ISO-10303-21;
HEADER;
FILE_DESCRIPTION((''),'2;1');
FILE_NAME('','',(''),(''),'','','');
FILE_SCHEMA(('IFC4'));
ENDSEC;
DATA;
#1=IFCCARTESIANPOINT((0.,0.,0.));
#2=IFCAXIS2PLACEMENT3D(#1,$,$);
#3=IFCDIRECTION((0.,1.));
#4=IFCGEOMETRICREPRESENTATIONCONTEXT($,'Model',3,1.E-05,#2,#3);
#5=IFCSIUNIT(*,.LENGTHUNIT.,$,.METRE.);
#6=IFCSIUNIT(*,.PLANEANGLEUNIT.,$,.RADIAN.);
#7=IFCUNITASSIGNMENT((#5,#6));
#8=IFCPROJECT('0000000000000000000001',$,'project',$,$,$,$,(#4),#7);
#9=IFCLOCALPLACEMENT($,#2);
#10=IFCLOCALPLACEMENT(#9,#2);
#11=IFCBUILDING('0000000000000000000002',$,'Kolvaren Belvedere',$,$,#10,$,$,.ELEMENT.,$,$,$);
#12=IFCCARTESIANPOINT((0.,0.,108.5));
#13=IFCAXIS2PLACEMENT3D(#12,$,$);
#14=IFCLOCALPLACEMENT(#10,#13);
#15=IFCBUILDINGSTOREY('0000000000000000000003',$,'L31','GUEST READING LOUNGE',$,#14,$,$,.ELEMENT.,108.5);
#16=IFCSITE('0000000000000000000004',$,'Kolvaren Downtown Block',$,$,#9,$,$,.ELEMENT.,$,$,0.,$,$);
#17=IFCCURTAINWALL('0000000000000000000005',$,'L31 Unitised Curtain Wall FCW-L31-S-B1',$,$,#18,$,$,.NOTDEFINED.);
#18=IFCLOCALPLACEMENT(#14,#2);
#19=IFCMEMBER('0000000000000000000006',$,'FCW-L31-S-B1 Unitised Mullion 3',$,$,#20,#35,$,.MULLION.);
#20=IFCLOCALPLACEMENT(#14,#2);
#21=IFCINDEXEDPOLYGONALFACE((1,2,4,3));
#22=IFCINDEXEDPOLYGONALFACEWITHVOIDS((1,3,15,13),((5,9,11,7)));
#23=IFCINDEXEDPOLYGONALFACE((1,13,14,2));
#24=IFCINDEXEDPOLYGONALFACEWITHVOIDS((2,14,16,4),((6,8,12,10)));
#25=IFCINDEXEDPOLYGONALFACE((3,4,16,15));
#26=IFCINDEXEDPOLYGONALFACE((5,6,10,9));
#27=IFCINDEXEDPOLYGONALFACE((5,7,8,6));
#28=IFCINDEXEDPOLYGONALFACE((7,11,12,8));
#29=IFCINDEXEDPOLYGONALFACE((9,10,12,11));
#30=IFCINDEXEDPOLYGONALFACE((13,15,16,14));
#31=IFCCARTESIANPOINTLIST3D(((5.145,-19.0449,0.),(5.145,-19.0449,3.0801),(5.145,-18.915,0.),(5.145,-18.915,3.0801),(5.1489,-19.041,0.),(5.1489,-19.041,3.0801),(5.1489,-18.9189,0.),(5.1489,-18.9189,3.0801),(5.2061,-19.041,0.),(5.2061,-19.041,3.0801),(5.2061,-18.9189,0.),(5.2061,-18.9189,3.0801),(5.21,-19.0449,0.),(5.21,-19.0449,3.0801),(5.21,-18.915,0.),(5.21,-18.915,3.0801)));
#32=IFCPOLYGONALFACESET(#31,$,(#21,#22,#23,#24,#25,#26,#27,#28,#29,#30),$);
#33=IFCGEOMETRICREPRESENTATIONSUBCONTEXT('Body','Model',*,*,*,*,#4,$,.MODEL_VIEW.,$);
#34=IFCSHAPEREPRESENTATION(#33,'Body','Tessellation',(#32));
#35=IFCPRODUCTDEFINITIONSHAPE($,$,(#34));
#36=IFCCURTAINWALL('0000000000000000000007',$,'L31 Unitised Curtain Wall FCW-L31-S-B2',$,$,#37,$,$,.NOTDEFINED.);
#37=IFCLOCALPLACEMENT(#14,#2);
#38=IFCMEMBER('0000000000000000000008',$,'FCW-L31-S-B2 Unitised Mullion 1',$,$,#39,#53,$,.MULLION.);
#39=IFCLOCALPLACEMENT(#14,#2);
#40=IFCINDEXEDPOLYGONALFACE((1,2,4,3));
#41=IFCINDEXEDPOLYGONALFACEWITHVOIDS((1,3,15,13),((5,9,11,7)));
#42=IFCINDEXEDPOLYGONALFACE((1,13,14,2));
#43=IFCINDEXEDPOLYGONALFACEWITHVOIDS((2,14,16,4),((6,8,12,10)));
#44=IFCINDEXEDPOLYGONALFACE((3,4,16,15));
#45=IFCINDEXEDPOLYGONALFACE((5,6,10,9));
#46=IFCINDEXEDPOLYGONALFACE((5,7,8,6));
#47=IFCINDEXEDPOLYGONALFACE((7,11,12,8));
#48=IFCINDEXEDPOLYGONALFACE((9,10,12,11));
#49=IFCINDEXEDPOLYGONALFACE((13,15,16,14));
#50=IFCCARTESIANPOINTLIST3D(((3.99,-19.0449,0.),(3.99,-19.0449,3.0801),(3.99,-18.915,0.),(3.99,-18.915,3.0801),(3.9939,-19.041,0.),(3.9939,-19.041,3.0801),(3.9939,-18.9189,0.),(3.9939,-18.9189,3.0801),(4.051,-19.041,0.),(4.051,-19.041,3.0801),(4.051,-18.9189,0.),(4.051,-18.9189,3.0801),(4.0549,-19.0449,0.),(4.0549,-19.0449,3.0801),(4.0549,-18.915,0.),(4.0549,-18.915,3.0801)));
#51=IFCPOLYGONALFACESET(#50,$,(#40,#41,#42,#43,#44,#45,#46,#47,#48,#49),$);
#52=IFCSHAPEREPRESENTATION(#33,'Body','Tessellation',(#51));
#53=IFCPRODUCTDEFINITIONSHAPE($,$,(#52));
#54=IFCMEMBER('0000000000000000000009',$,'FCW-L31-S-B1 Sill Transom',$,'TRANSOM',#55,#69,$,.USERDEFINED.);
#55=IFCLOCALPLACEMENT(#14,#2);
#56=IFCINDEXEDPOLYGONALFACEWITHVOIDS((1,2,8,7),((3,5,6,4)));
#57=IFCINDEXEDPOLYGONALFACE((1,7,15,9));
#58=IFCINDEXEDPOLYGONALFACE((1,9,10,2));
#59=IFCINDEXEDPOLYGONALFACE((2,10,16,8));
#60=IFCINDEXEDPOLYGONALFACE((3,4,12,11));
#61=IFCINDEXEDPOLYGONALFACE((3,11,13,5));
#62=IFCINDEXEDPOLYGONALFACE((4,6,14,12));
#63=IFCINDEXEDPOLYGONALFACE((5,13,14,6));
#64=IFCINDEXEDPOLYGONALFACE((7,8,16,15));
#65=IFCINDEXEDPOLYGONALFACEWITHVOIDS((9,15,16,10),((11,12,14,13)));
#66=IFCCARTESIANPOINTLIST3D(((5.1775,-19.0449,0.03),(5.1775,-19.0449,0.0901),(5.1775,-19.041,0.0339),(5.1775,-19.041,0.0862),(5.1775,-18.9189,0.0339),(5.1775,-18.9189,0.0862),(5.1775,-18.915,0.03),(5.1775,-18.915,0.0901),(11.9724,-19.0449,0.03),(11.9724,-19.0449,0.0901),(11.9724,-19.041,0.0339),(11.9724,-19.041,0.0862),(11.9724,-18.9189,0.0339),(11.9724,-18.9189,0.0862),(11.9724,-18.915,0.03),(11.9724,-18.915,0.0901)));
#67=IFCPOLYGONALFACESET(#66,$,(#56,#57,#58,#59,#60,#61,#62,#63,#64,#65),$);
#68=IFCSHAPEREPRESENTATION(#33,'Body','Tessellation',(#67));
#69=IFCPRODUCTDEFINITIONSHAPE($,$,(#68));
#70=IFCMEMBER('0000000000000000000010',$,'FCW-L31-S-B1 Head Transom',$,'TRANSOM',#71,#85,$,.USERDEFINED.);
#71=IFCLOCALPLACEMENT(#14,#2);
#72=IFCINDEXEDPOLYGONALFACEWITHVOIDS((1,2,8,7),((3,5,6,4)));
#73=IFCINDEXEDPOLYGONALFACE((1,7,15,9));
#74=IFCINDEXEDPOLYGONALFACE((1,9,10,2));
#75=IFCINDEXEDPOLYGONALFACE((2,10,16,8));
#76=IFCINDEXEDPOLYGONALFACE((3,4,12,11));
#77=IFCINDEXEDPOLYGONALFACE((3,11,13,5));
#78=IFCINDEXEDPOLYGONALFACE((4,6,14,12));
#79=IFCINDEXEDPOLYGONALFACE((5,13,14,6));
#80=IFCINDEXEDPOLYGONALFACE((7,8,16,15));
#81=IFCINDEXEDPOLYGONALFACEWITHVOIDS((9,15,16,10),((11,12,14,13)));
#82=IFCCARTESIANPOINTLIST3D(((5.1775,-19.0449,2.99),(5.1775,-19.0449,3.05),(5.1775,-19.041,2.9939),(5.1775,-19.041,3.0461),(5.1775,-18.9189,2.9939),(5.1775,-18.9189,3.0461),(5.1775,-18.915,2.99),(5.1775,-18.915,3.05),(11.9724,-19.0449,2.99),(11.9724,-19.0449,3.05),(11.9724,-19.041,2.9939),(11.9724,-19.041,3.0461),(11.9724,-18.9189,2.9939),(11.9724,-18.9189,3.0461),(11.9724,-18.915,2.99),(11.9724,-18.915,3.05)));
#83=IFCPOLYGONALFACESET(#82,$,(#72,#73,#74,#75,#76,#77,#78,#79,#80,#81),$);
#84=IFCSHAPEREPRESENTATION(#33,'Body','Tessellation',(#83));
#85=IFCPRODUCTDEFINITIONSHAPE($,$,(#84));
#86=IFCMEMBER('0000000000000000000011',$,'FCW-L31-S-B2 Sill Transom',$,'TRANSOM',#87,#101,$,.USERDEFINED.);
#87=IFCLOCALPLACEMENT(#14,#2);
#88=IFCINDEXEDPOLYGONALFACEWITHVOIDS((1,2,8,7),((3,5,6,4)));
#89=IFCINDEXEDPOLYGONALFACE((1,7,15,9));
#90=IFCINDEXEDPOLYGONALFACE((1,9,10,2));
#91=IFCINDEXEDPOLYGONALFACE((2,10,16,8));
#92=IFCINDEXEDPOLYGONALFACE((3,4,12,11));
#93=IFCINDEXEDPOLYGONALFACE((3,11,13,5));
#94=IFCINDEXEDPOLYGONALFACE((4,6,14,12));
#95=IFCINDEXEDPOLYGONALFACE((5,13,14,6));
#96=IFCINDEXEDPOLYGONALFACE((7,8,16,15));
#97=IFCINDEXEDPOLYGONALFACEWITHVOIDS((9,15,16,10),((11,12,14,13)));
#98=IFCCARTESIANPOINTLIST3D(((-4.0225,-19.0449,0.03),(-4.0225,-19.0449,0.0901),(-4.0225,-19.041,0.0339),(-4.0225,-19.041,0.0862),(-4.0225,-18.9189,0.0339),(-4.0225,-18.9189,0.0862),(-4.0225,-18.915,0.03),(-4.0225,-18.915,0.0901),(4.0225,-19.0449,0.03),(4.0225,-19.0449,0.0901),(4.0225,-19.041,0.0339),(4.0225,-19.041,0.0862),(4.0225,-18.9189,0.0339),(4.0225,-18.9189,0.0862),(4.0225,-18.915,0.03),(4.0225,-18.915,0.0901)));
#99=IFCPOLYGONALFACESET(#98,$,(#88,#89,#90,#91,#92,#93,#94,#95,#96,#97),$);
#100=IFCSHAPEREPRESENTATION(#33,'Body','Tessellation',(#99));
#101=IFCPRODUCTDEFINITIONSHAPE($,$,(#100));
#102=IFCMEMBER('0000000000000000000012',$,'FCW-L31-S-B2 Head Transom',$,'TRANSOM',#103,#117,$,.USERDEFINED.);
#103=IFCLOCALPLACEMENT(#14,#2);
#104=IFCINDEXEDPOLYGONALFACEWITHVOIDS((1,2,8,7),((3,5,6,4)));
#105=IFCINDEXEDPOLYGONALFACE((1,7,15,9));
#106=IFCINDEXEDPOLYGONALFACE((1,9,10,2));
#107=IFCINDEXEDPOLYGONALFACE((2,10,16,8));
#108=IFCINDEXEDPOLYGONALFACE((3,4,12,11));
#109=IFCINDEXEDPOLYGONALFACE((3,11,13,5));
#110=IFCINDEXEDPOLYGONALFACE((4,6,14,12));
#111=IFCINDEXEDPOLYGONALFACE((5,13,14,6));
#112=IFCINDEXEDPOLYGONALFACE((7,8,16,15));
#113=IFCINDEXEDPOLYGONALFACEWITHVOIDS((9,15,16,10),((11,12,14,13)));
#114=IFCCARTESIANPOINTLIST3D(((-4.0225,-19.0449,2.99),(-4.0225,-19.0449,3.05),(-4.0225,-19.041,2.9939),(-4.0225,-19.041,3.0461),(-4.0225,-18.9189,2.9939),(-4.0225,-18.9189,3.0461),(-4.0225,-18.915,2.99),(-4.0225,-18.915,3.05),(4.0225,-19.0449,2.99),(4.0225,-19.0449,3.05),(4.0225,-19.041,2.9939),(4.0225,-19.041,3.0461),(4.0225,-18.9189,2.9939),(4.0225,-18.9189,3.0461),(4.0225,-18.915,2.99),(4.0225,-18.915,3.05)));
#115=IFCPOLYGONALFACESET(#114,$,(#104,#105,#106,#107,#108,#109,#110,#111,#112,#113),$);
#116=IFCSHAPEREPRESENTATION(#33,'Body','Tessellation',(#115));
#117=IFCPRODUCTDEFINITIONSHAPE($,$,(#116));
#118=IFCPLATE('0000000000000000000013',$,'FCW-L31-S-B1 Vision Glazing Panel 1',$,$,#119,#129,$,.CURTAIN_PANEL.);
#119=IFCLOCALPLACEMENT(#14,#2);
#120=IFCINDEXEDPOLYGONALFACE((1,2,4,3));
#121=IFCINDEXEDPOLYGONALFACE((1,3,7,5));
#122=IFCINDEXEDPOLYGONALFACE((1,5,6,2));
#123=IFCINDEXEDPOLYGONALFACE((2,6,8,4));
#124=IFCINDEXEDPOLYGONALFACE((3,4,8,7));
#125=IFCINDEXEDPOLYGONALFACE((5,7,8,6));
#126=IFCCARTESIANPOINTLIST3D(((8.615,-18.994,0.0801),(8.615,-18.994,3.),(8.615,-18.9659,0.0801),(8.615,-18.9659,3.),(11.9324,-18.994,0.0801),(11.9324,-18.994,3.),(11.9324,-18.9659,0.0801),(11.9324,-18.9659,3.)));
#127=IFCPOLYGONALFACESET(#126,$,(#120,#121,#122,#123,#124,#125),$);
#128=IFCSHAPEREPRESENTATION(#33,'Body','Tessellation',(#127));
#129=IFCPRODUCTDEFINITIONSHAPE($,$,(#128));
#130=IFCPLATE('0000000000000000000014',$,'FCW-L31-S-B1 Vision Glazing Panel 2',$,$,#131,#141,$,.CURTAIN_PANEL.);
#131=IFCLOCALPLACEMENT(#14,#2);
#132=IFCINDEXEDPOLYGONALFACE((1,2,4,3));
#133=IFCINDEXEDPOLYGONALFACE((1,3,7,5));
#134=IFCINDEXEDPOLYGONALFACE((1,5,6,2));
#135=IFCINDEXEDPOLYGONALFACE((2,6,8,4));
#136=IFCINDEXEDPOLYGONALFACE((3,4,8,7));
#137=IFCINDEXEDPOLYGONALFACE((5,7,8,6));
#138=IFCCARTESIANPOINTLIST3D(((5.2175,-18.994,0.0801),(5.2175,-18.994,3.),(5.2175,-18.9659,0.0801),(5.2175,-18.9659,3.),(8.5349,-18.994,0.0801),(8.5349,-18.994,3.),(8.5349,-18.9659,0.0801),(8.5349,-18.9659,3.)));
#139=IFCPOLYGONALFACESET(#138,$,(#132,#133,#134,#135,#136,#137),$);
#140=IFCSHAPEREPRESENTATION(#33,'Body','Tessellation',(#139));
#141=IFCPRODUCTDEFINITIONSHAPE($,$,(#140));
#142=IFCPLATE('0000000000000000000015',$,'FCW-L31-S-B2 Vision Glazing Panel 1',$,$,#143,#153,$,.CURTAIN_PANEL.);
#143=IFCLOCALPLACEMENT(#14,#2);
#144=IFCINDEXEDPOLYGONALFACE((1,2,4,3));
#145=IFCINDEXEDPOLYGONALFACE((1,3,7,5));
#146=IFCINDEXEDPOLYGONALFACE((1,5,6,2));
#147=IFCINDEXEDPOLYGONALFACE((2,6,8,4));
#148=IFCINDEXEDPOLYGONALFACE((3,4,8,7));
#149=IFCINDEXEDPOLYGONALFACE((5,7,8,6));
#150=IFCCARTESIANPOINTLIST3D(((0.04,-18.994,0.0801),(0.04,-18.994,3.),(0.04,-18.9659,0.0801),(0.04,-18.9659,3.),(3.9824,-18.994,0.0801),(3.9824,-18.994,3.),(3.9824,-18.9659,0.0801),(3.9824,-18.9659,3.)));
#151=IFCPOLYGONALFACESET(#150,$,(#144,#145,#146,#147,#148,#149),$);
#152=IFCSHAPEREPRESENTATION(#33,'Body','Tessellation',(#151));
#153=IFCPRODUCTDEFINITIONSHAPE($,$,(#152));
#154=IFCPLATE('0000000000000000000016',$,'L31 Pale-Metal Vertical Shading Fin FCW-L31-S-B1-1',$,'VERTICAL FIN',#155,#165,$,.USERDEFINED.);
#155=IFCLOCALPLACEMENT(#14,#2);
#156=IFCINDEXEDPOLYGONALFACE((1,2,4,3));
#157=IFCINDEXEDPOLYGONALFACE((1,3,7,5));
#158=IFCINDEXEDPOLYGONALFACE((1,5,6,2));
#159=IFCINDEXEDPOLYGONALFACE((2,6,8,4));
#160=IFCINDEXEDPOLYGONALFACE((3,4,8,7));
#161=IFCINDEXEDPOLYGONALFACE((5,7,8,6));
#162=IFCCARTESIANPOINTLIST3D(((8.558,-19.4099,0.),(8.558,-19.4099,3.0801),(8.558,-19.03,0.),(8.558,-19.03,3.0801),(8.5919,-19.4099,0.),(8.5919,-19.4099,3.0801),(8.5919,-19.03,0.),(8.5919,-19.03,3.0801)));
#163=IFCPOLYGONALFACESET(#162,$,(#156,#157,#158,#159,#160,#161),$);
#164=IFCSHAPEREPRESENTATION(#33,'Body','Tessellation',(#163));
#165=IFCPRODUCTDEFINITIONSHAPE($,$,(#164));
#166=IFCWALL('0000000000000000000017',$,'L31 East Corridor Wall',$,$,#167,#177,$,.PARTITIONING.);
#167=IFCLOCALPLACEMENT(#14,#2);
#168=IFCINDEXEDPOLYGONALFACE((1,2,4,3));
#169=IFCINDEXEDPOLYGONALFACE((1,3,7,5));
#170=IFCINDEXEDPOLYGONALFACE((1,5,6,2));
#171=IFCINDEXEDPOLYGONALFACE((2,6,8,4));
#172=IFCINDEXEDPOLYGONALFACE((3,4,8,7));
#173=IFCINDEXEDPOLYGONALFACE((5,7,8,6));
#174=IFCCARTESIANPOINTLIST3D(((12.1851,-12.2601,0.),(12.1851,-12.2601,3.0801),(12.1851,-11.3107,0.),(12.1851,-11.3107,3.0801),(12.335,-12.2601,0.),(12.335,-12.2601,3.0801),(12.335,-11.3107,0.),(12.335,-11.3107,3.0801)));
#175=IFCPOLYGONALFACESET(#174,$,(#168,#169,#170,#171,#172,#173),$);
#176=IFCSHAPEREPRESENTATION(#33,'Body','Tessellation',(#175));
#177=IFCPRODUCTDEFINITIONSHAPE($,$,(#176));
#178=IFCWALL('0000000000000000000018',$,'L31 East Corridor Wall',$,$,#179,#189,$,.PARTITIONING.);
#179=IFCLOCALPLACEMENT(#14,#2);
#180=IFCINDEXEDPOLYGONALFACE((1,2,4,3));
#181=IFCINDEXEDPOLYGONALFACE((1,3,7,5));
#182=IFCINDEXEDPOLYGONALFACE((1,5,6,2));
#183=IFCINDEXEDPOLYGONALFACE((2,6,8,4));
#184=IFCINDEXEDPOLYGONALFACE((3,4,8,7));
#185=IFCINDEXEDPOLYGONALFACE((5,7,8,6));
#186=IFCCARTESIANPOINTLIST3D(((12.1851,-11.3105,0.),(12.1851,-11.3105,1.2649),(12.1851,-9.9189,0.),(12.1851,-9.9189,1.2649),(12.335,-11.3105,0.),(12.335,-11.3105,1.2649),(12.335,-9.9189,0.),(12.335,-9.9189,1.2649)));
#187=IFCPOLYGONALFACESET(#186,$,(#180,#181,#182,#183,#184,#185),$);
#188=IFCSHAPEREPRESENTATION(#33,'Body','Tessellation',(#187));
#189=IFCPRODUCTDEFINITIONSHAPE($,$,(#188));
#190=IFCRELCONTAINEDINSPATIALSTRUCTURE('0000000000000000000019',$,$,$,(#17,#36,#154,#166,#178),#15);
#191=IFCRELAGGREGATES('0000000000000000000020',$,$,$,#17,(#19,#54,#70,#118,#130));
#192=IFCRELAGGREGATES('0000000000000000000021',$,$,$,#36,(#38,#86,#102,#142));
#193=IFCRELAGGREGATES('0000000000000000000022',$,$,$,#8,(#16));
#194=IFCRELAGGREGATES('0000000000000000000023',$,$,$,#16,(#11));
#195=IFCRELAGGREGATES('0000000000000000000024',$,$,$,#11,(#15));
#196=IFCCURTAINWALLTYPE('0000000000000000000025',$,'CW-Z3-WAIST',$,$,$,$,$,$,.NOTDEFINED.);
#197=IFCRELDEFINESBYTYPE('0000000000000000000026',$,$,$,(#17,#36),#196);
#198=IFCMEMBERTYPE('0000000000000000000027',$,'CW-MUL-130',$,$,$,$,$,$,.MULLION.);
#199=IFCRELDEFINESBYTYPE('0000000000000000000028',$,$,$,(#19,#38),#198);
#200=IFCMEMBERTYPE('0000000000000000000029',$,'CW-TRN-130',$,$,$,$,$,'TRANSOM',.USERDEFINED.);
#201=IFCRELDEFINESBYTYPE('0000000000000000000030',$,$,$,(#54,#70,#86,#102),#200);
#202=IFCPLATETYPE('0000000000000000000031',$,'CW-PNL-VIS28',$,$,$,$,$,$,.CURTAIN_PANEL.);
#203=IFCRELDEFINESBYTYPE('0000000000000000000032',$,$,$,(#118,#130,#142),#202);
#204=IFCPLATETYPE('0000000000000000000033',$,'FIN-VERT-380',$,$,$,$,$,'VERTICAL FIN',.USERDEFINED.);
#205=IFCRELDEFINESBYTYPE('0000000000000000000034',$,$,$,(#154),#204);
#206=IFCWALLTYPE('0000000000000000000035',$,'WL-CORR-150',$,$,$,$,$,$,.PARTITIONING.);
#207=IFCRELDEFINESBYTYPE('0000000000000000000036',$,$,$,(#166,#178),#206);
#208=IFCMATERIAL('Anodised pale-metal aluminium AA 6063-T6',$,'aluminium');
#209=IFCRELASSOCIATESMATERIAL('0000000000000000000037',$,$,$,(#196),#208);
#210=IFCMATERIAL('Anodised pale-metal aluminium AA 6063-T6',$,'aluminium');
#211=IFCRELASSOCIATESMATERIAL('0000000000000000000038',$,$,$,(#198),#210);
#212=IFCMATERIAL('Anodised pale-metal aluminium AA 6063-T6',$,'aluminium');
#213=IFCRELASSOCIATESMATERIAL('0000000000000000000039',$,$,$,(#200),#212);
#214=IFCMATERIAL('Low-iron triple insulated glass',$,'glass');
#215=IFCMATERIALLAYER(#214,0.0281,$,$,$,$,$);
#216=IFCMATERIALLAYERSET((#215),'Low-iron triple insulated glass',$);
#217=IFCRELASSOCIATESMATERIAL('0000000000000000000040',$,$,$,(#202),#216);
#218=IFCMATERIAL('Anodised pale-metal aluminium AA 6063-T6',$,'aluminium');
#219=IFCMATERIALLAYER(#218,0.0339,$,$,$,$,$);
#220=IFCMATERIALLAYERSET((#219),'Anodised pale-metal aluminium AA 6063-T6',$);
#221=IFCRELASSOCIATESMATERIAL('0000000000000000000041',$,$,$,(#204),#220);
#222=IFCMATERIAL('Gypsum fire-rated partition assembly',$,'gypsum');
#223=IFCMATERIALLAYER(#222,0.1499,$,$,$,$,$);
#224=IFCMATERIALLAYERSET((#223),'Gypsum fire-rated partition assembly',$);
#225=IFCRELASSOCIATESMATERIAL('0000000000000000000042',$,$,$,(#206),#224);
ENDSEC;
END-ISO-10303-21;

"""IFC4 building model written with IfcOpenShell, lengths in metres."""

from ifc_helpers import new_model, si_unit, direction, frame, frame_2d, origin, origin_2d, place, context, subcontext, project, spatial, rectangle, hollow_rectangle, extrude, material, layer, layer_set, material_profile, profile_set, type_object, element, aggregate, save


model = new_model("IFC4")

# Units and contexts
model_context = context("Model", 3, precision=1e-05, world=origin(), true_north=direction((0.0, 1.0)))
body_context = subcontext(model_context, "Body", "Model", "MODEL_VIEW")
ifc_project = project(units=[si_unit("LENGTHUNIT", "METRE"), si_unit("PLANEANGLEUNIT", "RADIAN")], contexts=[model_context])

# Site, building, storey
site_placement = place(None, origin())
site = spatial("IfcSite", under=ifc_project, at=site_placement, Name="Kolvaren Downtown Block", CompositionType="ELEMENT", RefElevation=0.0)
building_placement = place(site_placement, origin())
building = spatial("IfcBuilding", under=site, at=building_placement, Name="Kolvaren Belvedere", CompositionType="ELEMENT")
storey_placement = place(building_placement, frame((0.0, 0.0, 108.5)))
storey = spatial("IfcBuildingStorey", under=building, at=storey_placement, Name="L31", Description="GUEST READING LOUNGE", CompositionType="ELEMENT", Elevation=108.5)

# Curtain wall, member
ifc_material_1 = material(Name="Anodised pale-metal aluminium AA 6063-T6", Category="aluminium")
curtain_wall_type = type_object("IfcCurtainWallType", Name="CW-Z3-WAIST", PredefinedType="NOTDEFINED", material=ifc_material_1)
curtain_wall_1_placement = place(storey_placement, origin())
curtain_wall_1 = element("IfcCurtainWall", 1, at=curtain_wall_1_placement, inside=storey, type_object=curtain_wall_type, Name="L31 Unitised Curtain Wall FCW-L31-S-B1", PredefinedType="NOTDEFINED")
ifc_material_2 = material(Name="Anodised pale-metal aluminium AA 6063-T6", Category="aluminium")
ifc_material_profile_1 = material_profile(ifc_material_2, hollow_rectangle(XDim=0.0649, YDim=0.1299, WallThickness=0.0039, at=origin_2d()), Name="ALU-MUL-130X65")
ifc_profile_set_1 = profile_set([ifc_material_profile_1], Name="Anodised pale-metal aluminium AA 6063-T6")
member_type_1 = type_object("IfcMemberType", Name="CW-MUL-130", PredefinedType="MULLION", material=ifc_profile_set_1)
member_1_placement = place(storey_placement, frame((5.1775, -18.98, 0.0), z_axis=(0.0, 0.0, 1.0), x_axis=(1.0, 0.0, 0.0)))
member_1 = element("IfcMember", 2, at=member_1_placement, type_object=member_type_1, Name="FCW-L31-S-B1 Unitised Mullion 3", PredefinedType="MULLION", context=body_context, shape_type="SweptSolid", body=[
    extrude(hollow_rectangle(XDim=0.0649, YDim=0.1299, WallThickness=0.0039, at=origin_2d()), origin(), (0.0, 0.0, 1.0), 3.0801),
])

# Curtain wall, member
curtain_wall_2_placement = place(storey_placement, origin())
curtain_wall_2 = element("IfcCurtainWall", 3, at=curtain_wall_2_placement, inside=storey, type_object=curtain_wall_type, Name="L31 Unitised Curtain Wall FCW-L31-S-B2", PredefinedType="NOTDEFINED")
member_2_placement = place(storey_placement, frame((4.0225, -18.98, 0.0), z_axis=(0.0, 0.0, 1.0), x_axis=(1.0, 0.0, 0.0)))
member_2 = element("IfcMember", 4, at=member_2_placement, type_object=member_type_1, Name="FCW-L31-S-B2 Unitised Mullion 1", PredefinedType="MULLION", context=body_context, shape_type="SweptSolid", body=[
    extrude(hollow_rectangle(XDim=0.0649, YDim=0.1299, WallThickness=0.0039, at=origin_2d()), origin(), (0.0, 0.0, 1.0), 3.0801),
])

# Members
ifc_material_3 = material(Name="Anodised pale-metal aluminium AA 6063-T6", Category="aluminium")
ifc_material_profile_2 = material_profile(ifc_material_3, hollow_rectangle(XDim=0.0601, YDim=0.1299, WallThickness=0.0039, at=origin_2d()), Name="ALU-TRN-130X60")
ifc_profile_set_2 = profile_set([ifc_material_profile_2], Name="Anodised pale-metal aluminium AA 6063-T6")
member_type_2 = type_object("IfcMemberType", Name="CW-TRN-130", ElementType="TRANSOM", PredefinedType="USERDEFINED", material=ifc_profile_set_2)
member_3_placement = place(storey_placement, frame((11.9724, -18.98, 0.0601), z_axis=(-1.0, 0.0, 0.0), x_axis=(0.0, 0.0, 1.0)))
member_3 = element("IfcMember", 5, at=member_3_placement, type_object=member_type_2, Name="FCW-L31-S-B1 Sill Transom", ObjectType="TRANSOM", PredefinedType="USERDEFINED", context=body_context, shape_type="SweptSolid", body=[
    extrude(hollow_rectangle(XDim=0.0601, YDim=0.1299, WallThickness=0.0039, at=origin_2d()), origin(), (0.0, 0.0, 1.0), 6.7949),
])
member_4_placement = place(storey_placement, frame((11.9724, -18.98, 3.02), z_axis=(-1.0, 0.0, 0.0), x_axis=(0.0, 0.0, 1.0)))
member_4 = element("IfcMember", 6, at=member_4_placement, type_object=member_type_2, Name="FCW-L31-S-B1 Head Transom", ObjectType="TRANSOM", PredefinedType="USERDEFINED", context=body_context, shape_type="SweptSolid", body=[
    extrude(hollow_rectangle(XDim=0.0601, YDim=0.1299, WallThickness=0.0039, at=origin_2d()), origin(), (0.0, 0.0, 1.0), 6.7949),
])
member_5_placement = place(storey_placement, frame((4.0225, -18.98, 0.0601), z_axis=(-1.0, 0.0, 0.0), x_axis=(0.0, 0.0, 1.0)))
member_5 = element("IfcMember", 7, at=member_5_placement, type_object=member_type_2, Name="FCW-L31-S-B2 Sill Transom", ObjectType="TRANSOM", PredefinedType="USERDEFINED", context=body_context, shape_type="SweptSolid", body=[
    extrude(hollow_rectangle(XDim=0.0601, YDim=0.1299, WallThickness=0.0039, at=origin_2d()), origin(), (0.0, 0.0, 1.0), 8.0449),
])
member_6_placement = place(storey_placement, frame((4.0225, -18.98, 3.02), z_axis=(-1.0, 0.0, 0.0), x_axis=(0.0, 0.0, 1.0)))
member_6 = element("IfcMember", 8, at=member_6_placement, type_object=member_type_2, Name="FCW-L31-S-B2 Head Transom", ObjectType="TRANSOM", PredefinedType="USERDEFINED", context=body_context, shape_type="SweptSolid", body=[
    extrude(hollow_rectangle(XDim=0.0601, YDim=0.1299, WallThickness=0.0039, at=origin_2d()), origin(), (0.0, 0.0, 1.0), 8.0449),
])

# Plates
ifc_material_4 = material(Name="Low-iron triple insulated glass", Category="glass")
ifc_layer_1 = layer(ifc_material_4, 0.0281)
ifc_layer_set_1 = layer_set([ifc_layer_1], Name="Low-iron triple insulated glass")
plate_type_1 = type_object("IfcPlateType", Name="CW-PNL-VIS28", PredefinedType="CURTAIN_PANEL", material=ifc_layer_set_1)
plate_1_placement = place(storey_placement, frame((10.2737, -18.98, 0.0801), z_axis=(0.0, 0.0, 1.0), x_axis=(-1.0, 0.0, 0.0)))
plate_1 = element("IfcPlate", 9, at=plate_1_placement, type_object=plate_type_1, Name="FCW-L31-S-B1 Vision Glazing Panel 1", PredefinedType="CURTAIN_PANEL", context=body_context, shape_type="SweptSolid", body=[
    extrude(rectangle(XDim=3.3174, YDim=0.0281, at=origin_2d()), origin(), (0.0, 0.0, 1.0), 2.9199),
])
plate_2_placement = place(storey_placement, frame((6.8762, -18.98, 0.0801), z_axis=(0.0, 0.0, 1.0), x_axis=(-1.0, 0.0, 0.0)))
plate_2 = element("IfcPlate", 10, at=plate_2_placement, type_object=plate_type_1, Name="FCW-L31-S-B1 Vision Glazing Panel 2", PredefinedType="CURTAIN_PANEL", context=body_context, shape_type="SweptSolid", body=[
    extrude(rectangle(XDim=3.3174, YDim=0.0281, at=origin_2d()), origin(), (0.0, 0.0, 1.0), 2.9199),
])
aggregate(curtain_wall_1, [member_1, member_3, member_4, plate_1, plate_2])
plate_3_placement = place(storey_placement, frame((2.0112, -18.98, 0.0801), z_axis=(0.0, 0.0, 1.0), x_axis=(-1.0, 0.0, 0.0)))
plate_3 = element("IfcPlate", 11, at=plate_3_placement, type_object=plate_type_1, Name="FCW-L31-S-B2 Vision Glazing Panel 1", PredefinedType="CURTAIN_PANEL", context=body_context, shape_type="SweptSolid", body=[
    extrude(rectangle(XDim=3.9424, YDim=0.0281, at=origin_2d()), origin(), (0.0, 0.0, 1.0), 2.9199),
])
aggregate(curtain_wall_2, [member_2, member_5, member_6, plate_3])
ifc_material_5 = material(Name="Anodised pale-metal aluminium AA 6063-T6", Category="aluminium")
ifc_layer_2 = layer(ifc_material_5, 0.0339)
ifc_layer_set_2 = layer_set([ifc_layer_2], Name="Anodised pale-metal aluminium AA 6063-T6")
plate_type_2 = type_object("IfcPlateType", Name="FIN-VERT-380", ElementType="VERTICAL FIN", PredefinedType="USERDEFINED", material=ifc_layer_set_2)
plate_4_placement = place(storey_placement, frame((8.575, -19.22, 0.0), z_axis=(0.0, 0.0, 1.0), x_axis=(0.0, 1.0, 0.0)))
element("IfcPlate", 12, at=plate_4_placement, inside=storey, type_object=plate_type_2, Name="L31 Pale-Metal Vertical Shading Fin FCW-L31-S-B1-1", ObjectType="VERTICAL FIN", PredefinedType="USERDEFINED", context=body_context, shape_type="SweptSolid", body=[
    extrude(rectangle(XDim=0.3799, YDim=0.0339, at=origin_2d()), origin(), (0.0, 0.0, 1.0), 3.0801),
])

# Walls
ifc_material_6 = material(Name="Gypsum fire-rated partition assembly", Category="gypsum")
ifc_layer_3 = layer(ifc_material_6, 0.1499)
ifc_layer_set_3 = layer_set([ifc_layer_3], Name="Gypsum fire-rated partition assembly")
wall_type_1 = type_object("IfcWallType", Name="WL-CORR-150", PredefinedType="PARTITIONING", material=ifc_layer_set_3)
wall_1_placement = place(storey_placement, frame((12.26, -12.26, 0.0), z_axis=(0.0, 0.0, 1.0), x_axis=(0.0, 1.0, 0.0)))
element("IfcWall", 13, at=wall_1_placement, inside=storey, type_object=wall_type_1, Name="L31 East Corridor Wall", PredefinedType="PARTITIONING", context=body_context, shape_type="SweptSolid", body=[
    extrude(rectangle(XDim=0.9495, YDim=0.1499, at=frame_2d((0.4746, 0.0))), origin(), (0.0, 0.0, 1.0), 3.0801),
])
wall_2_placement = place(storey_placement, frame((12.26, -11.3105, 0.0), z_axis=(0.0, 0.0, 1.0), x_axis=(0.0, 1.0, 0.0)))
element("IfcWall", 14, at=wall_2_placement, inside=storey, type_object=wall_type_1, Name="L31 East Corridor Wall", PredefinedType="PARTITIONING", context=body_context, shape_type="SweptSolid", body=[
    extrude(rectangle(XDim=1.3916, YDim=0.1499, at=frame_2d((0.6958, 0.0))), origin(), (0.0, 0.0, 1.0), 1.2649),
])

save(model, "model.ifc")
